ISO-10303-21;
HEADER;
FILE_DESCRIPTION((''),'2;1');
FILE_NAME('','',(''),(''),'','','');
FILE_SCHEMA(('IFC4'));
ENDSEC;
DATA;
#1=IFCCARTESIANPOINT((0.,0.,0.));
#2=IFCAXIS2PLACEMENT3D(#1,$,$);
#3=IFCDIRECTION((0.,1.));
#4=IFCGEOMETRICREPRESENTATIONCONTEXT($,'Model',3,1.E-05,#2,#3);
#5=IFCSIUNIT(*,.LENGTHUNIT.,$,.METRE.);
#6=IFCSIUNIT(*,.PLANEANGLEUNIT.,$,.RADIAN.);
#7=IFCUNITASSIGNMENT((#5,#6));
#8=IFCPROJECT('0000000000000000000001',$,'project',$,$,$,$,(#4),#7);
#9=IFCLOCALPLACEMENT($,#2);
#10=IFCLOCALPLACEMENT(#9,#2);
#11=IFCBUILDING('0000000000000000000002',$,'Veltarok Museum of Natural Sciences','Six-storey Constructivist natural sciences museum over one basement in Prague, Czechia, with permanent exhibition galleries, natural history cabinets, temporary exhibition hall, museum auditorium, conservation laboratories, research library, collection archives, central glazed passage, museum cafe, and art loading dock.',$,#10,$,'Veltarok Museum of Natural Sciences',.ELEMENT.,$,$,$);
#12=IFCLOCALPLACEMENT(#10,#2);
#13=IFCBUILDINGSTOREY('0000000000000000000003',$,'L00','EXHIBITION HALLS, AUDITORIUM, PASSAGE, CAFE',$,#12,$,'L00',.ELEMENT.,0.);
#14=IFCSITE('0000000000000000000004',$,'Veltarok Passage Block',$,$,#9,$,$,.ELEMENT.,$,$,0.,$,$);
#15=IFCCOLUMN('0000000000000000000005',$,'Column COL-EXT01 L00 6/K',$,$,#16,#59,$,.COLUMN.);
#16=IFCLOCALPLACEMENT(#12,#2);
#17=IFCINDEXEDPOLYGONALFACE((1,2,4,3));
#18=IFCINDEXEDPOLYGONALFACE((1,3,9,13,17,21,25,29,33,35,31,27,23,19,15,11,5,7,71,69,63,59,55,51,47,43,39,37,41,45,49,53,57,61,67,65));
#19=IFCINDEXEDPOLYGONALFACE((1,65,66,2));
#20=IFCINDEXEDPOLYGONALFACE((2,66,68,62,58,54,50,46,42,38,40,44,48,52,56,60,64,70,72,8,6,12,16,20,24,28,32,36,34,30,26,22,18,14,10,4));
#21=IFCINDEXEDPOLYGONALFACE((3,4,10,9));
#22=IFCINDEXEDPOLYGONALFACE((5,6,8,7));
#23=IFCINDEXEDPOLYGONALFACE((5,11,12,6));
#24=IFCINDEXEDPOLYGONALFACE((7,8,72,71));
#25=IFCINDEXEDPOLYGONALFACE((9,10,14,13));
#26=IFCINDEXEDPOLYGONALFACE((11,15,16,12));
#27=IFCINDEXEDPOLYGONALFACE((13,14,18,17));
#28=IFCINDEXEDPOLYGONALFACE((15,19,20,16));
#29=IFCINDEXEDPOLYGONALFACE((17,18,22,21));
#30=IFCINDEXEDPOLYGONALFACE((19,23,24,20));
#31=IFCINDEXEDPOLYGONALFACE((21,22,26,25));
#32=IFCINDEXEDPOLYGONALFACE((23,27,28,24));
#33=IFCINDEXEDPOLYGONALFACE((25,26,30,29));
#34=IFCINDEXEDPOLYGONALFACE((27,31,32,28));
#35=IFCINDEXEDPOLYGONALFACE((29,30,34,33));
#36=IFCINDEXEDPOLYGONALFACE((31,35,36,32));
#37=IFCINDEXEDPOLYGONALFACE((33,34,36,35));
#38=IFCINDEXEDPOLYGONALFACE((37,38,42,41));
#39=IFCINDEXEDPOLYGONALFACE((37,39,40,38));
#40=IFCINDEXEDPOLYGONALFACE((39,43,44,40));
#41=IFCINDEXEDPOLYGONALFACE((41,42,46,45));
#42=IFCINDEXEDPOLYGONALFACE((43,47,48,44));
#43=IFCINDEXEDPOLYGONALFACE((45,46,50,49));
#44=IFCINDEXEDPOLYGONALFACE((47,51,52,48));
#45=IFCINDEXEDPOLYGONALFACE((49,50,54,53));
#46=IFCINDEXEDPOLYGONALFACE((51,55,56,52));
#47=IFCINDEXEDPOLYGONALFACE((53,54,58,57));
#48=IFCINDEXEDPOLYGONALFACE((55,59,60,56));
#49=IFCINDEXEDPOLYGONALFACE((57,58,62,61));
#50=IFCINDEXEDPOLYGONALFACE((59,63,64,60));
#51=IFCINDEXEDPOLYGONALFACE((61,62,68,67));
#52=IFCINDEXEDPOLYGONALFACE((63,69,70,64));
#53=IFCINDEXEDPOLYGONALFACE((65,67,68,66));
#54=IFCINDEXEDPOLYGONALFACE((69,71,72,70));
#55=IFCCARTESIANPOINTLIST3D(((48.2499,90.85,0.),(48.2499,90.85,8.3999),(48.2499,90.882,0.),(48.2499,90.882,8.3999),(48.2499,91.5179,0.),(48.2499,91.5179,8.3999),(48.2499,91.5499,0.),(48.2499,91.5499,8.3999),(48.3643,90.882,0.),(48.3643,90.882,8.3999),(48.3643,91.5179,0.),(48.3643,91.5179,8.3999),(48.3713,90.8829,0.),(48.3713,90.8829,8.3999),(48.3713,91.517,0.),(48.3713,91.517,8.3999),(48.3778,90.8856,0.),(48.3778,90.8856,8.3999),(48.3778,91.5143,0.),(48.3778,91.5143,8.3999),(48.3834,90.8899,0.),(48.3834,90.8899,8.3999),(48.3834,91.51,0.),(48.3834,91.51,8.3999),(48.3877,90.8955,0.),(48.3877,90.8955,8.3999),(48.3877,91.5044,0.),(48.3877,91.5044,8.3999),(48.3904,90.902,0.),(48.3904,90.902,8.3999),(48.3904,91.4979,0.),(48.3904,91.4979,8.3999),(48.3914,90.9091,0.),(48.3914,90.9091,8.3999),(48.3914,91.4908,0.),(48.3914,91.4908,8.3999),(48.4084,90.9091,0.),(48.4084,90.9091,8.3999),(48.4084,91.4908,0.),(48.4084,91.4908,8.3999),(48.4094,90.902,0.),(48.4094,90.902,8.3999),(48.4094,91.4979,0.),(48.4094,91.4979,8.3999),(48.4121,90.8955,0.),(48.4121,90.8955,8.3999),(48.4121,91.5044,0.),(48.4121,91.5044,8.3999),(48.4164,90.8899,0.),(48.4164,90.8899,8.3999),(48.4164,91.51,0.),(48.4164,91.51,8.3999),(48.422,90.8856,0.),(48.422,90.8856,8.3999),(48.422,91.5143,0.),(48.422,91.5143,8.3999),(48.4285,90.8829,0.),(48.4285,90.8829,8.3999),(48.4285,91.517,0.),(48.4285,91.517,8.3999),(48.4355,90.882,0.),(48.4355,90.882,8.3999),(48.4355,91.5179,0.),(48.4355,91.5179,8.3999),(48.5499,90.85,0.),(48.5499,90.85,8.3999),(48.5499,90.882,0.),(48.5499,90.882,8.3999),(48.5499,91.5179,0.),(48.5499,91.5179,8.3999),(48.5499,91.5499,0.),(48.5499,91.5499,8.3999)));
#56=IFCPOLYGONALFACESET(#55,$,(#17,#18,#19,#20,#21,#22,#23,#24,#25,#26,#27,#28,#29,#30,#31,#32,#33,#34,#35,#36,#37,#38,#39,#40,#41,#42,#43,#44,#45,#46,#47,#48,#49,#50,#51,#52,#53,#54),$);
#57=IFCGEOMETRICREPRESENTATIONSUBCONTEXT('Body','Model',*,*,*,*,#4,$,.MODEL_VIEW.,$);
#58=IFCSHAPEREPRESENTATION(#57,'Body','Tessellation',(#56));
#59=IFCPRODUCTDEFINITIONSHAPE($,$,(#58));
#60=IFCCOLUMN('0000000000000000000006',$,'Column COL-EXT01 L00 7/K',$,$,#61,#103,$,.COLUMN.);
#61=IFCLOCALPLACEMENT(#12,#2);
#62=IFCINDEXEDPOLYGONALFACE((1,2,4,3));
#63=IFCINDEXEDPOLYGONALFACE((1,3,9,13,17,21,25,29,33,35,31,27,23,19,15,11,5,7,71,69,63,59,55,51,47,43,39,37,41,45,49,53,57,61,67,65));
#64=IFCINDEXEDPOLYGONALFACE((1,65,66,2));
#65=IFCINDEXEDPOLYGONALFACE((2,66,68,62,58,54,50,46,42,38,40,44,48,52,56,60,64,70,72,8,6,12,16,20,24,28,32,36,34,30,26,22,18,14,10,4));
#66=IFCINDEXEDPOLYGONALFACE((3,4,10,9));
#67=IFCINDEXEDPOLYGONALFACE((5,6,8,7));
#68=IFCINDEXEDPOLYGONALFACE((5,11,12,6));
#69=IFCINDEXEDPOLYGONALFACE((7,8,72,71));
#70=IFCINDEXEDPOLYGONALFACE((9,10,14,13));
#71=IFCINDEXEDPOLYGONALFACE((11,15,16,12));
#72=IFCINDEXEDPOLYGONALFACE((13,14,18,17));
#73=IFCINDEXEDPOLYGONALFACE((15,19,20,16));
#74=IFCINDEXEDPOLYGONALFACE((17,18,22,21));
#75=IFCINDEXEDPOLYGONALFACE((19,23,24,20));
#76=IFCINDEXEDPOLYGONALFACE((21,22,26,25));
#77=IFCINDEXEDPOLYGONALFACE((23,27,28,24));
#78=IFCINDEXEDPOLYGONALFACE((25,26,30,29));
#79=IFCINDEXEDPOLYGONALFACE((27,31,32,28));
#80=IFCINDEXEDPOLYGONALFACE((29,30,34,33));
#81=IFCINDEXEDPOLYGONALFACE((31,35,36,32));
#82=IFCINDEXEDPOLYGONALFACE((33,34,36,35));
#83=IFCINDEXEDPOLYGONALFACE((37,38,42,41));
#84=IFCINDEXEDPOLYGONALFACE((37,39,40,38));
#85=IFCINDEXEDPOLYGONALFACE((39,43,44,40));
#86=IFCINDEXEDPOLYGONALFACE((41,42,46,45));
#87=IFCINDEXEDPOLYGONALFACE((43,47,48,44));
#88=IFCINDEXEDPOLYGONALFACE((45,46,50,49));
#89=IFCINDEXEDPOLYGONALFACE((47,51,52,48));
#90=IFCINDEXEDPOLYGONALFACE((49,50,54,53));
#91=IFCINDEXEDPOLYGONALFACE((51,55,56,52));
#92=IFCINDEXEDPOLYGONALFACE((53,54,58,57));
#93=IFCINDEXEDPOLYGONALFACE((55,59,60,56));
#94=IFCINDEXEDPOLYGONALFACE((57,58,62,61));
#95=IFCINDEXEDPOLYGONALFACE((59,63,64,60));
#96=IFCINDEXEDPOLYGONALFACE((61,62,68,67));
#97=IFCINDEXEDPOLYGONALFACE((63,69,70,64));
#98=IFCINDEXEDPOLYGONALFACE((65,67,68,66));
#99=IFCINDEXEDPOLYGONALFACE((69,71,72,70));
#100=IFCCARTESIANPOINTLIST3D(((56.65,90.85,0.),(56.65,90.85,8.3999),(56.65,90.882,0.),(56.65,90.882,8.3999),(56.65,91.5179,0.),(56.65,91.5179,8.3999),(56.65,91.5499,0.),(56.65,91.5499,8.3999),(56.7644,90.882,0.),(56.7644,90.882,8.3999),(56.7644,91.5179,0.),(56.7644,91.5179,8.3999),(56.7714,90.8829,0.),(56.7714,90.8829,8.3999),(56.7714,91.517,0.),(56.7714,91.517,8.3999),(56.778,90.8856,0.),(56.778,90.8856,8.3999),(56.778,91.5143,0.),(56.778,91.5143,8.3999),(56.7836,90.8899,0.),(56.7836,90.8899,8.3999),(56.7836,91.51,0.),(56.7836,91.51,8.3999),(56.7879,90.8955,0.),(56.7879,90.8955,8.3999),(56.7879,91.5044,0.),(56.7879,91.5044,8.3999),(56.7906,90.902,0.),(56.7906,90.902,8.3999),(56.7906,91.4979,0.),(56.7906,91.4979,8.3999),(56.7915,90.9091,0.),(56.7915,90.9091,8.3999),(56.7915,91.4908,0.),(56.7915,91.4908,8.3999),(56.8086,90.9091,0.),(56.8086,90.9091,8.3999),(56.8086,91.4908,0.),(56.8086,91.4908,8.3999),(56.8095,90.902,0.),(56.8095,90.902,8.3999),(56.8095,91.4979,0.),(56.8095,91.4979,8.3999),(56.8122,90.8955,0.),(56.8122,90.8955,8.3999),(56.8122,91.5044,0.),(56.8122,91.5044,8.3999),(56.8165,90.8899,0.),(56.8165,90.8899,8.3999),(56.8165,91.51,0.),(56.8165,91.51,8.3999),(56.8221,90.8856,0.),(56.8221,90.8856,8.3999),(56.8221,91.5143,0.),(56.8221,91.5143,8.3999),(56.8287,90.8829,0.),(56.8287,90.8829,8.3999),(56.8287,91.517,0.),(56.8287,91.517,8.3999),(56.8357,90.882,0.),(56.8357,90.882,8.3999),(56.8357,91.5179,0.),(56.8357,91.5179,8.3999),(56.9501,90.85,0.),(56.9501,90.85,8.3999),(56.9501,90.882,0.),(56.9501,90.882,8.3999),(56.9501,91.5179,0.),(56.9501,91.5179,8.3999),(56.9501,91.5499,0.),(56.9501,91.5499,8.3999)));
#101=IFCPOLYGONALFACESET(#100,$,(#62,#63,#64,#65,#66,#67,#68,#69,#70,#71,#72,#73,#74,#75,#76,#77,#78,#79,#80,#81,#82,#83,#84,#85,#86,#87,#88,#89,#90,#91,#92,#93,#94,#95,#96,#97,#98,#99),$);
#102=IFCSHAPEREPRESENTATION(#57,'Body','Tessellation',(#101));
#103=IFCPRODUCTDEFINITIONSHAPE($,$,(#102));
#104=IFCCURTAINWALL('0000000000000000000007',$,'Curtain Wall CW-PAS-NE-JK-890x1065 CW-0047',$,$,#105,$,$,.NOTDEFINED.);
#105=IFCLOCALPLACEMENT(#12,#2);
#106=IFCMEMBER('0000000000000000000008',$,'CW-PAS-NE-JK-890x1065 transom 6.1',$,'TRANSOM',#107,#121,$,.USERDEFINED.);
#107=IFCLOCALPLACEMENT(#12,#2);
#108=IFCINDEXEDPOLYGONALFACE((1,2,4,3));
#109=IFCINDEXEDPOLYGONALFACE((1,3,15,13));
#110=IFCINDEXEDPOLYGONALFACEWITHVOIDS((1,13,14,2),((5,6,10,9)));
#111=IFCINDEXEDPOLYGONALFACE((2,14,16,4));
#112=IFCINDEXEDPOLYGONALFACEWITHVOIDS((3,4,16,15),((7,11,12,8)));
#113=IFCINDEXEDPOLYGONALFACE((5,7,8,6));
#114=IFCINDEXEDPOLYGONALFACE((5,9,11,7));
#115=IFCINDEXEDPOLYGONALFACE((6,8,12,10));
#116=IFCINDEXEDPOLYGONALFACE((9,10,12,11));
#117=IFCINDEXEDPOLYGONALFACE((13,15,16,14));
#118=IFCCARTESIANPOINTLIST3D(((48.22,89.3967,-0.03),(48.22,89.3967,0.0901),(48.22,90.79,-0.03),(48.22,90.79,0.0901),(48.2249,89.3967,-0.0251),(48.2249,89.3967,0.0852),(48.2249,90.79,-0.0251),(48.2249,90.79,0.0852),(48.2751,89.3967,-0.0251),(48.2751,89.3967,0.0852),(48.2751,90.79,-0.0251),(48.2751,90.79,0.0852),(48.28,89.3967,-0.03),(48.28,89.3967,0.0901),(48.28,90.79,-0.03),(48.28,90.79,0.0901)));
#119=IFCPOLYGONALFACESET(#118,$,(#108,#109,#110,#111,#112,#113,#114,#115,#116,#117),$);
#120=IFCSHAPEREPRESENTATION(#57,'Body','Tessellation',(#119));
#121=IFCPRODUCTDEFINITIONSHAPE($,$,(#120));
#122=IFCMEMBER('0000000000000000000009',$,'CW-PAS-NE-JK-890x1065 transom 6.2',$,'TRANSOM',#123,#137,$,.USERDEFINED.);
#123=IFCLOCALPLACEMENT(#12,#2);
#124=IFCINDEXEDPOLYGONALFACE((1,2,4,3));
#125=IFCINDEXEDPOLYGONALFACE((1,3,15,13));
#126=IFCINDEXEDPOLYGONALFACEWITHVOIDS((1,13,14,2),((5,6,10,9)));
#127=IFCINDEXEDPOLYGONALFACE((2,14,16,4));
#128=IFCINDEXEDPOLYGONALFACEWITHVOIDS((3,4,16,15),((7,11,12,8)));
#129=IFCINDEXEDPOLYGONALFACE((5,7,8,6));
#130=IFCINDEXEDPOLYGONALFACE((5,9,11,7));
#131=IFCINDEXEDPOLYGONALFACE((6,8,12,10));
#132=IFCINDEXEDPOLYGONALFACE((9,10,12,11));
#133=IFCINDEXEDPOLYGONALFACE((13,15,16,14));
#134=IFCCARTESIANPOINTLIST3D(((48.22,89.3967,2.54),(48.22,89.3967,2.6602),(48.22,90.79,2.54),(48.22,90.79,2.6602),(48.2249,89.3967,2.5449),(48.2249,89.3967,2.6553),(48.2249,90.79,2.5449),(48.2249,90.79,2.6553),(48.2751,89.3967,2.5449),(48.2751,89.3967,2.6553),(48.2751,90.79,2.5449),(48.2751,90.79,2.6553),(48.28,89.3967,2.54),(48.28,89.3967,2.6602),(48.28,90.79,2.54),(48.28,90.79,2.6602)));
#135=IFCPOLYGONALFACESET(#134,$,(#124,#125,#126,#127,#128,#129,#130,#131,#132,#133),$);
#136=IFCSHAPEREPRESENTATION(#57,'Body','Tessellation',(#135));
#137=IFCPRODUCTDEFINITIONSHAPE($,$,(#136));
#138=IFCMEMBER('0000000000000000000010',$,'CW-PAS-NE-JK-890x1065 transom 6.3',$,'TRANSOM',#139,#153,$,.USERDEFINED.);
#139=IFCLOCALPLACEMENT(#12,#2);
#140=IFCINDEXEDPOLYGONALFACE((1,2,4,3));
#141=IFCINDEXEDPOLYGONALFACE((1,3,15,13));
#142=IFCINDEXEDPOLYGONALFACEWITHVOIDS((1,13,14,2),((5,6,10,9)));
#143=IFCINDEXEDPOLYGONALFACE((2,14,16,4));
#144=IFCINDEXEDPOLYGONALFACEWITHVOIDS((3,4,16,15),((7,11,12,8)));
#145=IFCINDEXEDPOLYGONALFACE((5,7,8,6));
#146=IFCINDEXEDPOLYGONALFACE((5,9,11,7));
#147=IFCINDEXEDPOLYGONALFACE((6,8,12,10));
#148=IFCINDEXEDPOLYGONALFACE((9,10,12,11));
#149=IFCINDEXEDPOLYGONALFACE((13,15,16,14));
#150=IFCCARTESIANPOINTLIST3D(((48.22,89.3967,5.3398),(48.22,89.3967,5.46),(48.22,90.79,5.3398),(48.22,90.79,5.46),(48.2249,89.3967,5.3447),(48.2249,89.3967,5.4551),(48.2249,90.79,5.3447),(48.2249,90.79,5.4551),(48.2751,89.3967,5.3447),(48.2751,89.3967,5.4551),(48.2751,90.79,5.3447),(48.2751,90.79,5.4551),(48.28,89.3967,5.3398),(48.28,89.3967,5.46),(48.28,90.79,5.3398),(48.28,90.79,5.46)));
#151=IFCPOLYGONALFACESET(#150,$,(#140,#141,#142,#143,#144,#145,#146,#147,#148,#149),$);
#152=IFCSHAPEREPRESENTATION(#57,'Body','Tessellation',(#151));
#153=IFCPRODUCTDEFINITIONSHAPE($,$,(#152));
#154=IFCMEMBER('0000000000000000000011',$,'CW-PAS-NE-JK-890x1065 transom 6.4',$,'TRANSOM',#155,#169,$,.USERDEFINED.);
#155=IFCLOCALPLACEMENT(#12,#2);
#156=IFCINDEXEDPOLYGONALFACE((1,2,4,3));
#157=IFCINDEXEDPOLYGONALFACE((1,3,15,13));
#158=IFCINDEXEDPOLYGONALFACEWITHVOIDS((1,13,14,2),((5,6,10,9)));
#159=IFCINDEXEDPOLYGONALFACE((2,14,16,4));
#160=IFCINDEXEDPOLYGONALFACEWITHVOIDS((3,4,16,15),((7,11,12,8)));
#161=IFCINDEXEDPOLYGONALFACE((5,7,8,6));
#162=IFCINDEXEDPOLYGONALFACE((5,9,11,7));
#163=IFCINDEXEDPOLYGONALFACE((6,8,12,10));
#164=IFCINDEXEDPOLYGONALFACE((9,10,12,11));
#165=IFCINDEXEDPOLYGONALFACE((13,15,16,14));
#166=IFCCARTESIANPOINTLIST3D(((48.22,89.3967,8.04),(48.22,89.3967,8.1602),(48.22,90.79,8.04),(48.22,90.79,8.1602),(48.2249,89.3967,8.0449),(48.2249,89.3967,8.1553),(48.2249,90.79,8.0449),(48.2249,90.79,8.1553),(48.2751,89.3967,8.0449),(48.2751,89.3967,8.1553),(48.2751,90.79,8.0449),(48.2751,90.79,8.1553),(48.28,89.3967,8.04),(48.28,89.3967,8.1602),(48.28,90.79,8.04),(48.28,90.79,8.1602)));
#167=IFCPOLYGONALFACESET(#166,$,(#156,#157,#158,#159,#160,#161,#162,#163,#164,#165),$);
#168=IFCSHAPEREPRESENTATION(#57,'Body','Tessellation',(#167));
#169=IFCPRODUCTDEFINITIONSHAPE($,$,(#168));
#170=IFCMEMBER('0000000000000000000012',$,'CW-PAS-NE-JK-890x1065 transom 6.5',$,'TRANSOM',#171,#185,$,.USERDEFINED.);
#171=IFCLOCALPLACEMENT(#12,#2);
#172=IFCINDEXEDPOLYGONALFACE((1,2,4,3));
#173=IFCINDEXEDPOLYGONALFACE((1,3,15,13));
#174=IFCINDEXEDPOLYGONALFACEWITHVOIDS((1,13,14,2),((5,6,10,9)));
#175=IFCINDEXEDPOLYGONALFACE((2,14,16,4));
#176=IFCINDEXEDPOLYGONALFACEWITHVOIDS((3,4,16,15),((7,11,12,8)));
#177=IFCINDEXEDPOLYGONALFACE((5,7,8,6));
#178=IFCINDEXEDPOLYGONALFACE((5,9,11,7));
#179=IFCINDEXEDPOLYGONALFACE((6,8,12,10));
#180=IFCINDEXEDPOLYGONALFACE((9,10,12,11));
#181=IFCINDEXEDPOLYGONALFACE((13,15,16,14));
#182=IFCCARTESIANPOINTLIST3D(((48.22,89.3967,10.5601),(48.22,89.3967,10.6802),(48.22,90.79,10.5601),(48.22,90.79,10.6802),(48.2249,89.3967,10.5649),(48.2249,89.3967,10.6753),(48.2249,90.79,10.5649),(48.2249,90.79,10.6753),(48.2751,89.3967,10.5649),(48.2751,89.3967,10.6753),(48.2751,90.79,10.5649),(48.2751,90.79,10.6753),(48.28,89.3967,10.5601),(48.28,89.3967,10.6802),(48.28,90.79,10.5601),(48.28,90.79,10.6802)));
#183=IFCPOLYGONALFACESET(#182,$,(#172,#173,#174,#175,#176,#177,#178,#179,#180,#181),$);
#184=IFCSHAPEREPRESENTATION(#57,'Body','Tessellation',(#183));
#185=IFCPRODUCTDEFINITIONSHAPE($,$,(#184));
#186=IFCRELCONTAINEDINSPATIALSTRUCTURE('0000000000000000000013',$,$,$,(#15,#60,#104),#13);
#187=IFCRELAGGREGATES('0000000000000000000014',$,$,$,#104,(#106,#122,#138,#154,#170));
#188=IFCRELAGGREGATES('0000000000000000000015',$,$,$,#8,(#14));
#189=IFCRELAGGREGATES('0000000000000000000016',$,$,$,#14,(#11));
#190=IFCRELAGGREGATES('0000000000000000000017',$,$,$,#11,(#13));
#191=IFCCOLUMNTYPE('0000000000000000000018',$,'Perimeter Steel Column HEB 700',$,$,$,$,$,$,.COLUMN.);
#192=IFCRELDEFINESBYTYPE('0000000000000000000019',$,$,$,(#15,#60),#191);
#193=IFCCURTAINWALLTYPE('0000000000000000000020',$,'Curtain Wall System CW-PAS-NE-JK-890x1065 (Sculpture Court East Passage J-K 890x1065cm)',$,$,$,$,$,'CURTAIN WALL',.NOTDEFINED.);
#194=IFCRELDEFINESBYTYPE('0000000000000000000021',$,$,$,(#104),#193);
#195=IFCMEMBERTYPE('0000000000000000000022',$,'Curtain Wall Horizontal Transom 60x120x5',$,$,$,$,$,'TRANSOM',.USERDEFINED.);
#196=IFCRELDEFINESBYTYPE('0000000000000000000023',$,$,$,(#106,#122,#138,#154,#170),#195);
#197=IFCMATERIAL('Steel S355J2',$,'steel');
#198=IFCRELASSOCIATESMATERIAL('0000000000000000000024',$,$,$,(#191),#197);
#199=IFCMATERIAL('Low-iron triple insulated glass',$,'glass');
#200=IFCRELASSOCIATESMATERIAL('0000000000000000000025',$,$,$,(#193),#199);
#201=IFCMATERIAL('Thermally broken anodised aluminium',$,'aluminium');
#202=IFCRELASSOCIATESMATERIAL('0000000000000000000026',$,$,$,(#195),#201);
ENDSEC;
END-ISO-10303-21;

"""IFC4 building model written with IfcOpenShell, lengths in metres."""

from ifc_helpers import new_model, si_unit, direction, frame, origin, origin_2d, place, context, subcontext, project, spatial, hollow_rectangle, i_section, extrude, material, material_profile, profile_set, type_object, element, aggregate, save


model = new_model("IFC4")

# Units and contexts
model_context = context("Model", 3, precision=1e-05, world=origin(), true_north=direction((0.0, 1.0)))
body_context = subcontext(model_context, "Body", "Model", "MODEL_VIEW")
ifc_project = project(units=[si_unit("LENGTHUNIT", "METRE"), si_unit("PLANEANGLEUNIT", "RADIAN")], contexts=[model_context])

# Site, building, storey
site_placement = place(None, origin())
site = spatial("IfcSite", under=ifc_project, at=site_placement, Name="Veltarok Passage Block", CompositionType="ELEMENT", RefElevation=0.0)
building_placement = place(site_placement, origin())
building = spatial("IfcBuilding", under=site, at=building_placement, Name="Veltarok Museum of Natural Sciences", Description="Six-storey Constructivist natural sciences museum over one basement in Prague, Czechia, with permanent exhibition galleries, natural history cabinets, temporary exhibition hall, museum auditorium, conservation laboratories, research library, collection archives, central glazed passage, museum cafe, and art loading dock.", LongName="Veltarok Museum of Natural Sciences", CompositionType="ELEMENT")
storey_placement = place(building_placement, origin())
storey = spatial("IfcBuildingStorey", under=building, at=storey_placement, Name="L00", Description="EXHIBITION HALLS, AUDITORIUM, PASSAGE, CAFE", LongName="L00", CompositionType="ELEMENT", Elevation=0.0)

# Columns
ifc_material_1 = material(Name="Steel S355J2", Category="steel")
ifc_material_profile_1 = material_profile(ifc_material_1, i_section(OverallWidth=0.3, OverallDepth=0.7, WebThickness=0.0171, FlangeThickness=0.032, FilletRadius=0.0271, at=origin_2d()), Name="HEB 700")
ifc_profile_set_1 = profile_set([ifc_material_profile_1], Name="Steel S355J2")
column_type = type_object("IfcColumnType", Name="Perimeter Steel Column HEB 700", PredefinedType="COLUMN", material=ifc_profile_set_1)
for number, where, z_axis, x_axis, name in (
    (1, (48.3999, 91.2, 0.0), (0.0, 0.0, 1.0), (1.0, 0.0, 0.0), "Column COL-EXT01 L00 6/K"),
    (2, (56.8, 91.2, 0.0), (0.0, 0.0, 1.0), (1.0, 0.0, 0.0), "Column COL-EXT01 L00 7/K"),
):
    element("IfcColumn", number, at=place(storey_placement, frame(where, z_axis=z_axis, x_axis=x_axis)), inside=storey, type_object=column_type, Name=name, PredefinedType="COLUMN", context=body_context, shape_type="SweptSolid", body=[
        extrude(i_section(OverallWidth=0.3, OverallDepth=0.7, WebThickness=0.0171, FlangeThickness=0.032, FilletRadius=0.0271, at=origin_2d()), origin(), (0.0, 0.0, 1.0), 8.3999),
    ])

# Curtain wall, members
ifc_material_2 = material(Name="Low-iron triple insulated glass", Category="glass")
curtain_wall_type_1 = type_object("IfcCurtainWallType", Name="Curtain Wall System CW-PAS-NE-JK-890x1065 (Sculpture Court East Passage J-K 890x1065cm)", ElementType="CURTAIN WALL", PredefinedType="NOTDEFINED", material=ifc_material_2)
curtain_wall_1_placement = place(storey_placement, origin())
curtain_wall_1 = element("IfcCurtainWall", 3, at=curtain_wall_1_placement, inside=storey, type_object=curtain_wall_type_1, Name="Curtain Wall CW-PAS-NE-JK-890x1065 CW-0047", PredefinedType="NOTDEFINED")
ifc_material_3 = material(Name="Thermally broken anodised aluminium", Category="aluminium")
ifc_material_profile_2 = material_profile(ifc_material_3, hollow_rectangle(XDim=0.0601, YDim=0.1201, WallThickness=0.0049, at=origin_2d()), Name="CW TRANSOM 60x120x5")
ifc_profile_set_2 = profile_set([ifc_material_profile_2], Name="Thermally broken anodised aluminium")
member_type_1 = type_object("IfcMemberType", Name="Curtain Wall Horizontal Transom 60x120x5", ElementType="TRANSOM", PredefinedType="USERDEFINED", material=ifc_profile_set_2)
member_1_placement = place(storey_placement, frame((48.25, 89.3967, 0.03), z_axis=(0.0, 1.0, 0.0), x_axis=(-1.0, 0.0, 0.0)))
member_1 = element("IfcMember", 4, at=member_1_placement, type_object=member_type_1, Name="CW-PAS-NE-JK-890x1065 transom 6.1", ObjectType="TRANSOM", PredefinedType="USERDEFINED", context=body_context, shape_type="SweptSolid", body=[
    extrude(hollow_rectangle(XDim=0.0601, YDim=0.1201, WallThickness=0.0049, at=origin_2d()), origin(), (0.0, 0.0, 1.0), 1.3933),
])
member_2_placement = place(storey_placement, frame((48.25, 89.3967, 2.6001), z_axis=(0.0, 1.0, 0.0), x_axis=(-1.0, 0.0, 0.0)))
member_2 = element("IfcMember", 5, at=member_2_placement, type_object=member_type_1, Name="CW-PAS-NE-JK-890x1065 transom 6.2", ObjectType="TRANSOM", PredefinedType="USERDEFINED", context=body_context, shape_type="SweptSolid", body=[
    extrude(hollow_rectangle(XDim=0.0601, YDim=0.1201, WallThickness=0.0049, at=origin_2d()), origin(), (0.0, 0.0, 1.0), 1.3933),
])
member_3_placement = place(storey_placement, frame((48.25, 89.3967, 5.3999), z_axis=(0.0, 1.0, 0.0), x_axis=(-1.0, 0.0, 0.0)))
member_3 = element("IfcMember", 6, at=member_3_placement, type_object=member_type_1, Name="CW-PAS-NE-JK-890x1065 transom 6.3", ObjectType="TRANSOM", PredefinedType="USERDEFINED", context=body_context, shape_type="SweptSolid", body=[
    extrude(hollow_rectangle(XDim=0.0601, YDim=0.1201, WallThickness=0.0049, at=origin_2d()), origin(), (0.0, 0.0, 1.0), 1.3933),
])
member_4_placement = place(storey_placement, frame((48.25, 89.3967, 8.1001), z_axis=(0.0, 1.0, 0.0), x_axis=(-1.0, 0.0, 0.0)))
member_4 = element("IfcMember", 7, at=member_4_placement, type_object=member_type_1, Name="CW-PAS-NE-JK-890x1065 transom 6.4", ObjectType="TRANSOM", PredefinedType="USERDEFINED", context=body_context, shape_type="SweptSolid", body=[
    extrude(hollow_rectangle(XDim=0.0601, YDim=0.1201, WallThickness=0.0049, at=origin_2d()), origin(), (0.0, 0.0, 1.0), 1.3933),
])
member_5_placement = place(storey_placement, frame((48.25, 89.3967, 10.6201), z_axis=(0.0, 1.0, 0.0), x_axis=(-1.0, 0.0, 0.0)))
member_5 = element("IfcMember", 8, at=member_5_placement, type_object=member_type_1, Name="CW-PAS-NE-JK-890x1065 transom 6.5", ObjectType="TRANSOM", PredefinedType="USERDEFINED", context=body_context, shape_type="SweptSolid", body=[
    extrude(hollow_rectangle(XDim=0.0601, YDim=0.1201, WallThickness=0.0049, at=origin_2d()), origin(), (0.0, 0.0, 1.0), 1.3933),
])

aggregate(curtain_wall_1, [member_1, member_2, member_3, member_4, member_5])

save(model, "model.ifc")
